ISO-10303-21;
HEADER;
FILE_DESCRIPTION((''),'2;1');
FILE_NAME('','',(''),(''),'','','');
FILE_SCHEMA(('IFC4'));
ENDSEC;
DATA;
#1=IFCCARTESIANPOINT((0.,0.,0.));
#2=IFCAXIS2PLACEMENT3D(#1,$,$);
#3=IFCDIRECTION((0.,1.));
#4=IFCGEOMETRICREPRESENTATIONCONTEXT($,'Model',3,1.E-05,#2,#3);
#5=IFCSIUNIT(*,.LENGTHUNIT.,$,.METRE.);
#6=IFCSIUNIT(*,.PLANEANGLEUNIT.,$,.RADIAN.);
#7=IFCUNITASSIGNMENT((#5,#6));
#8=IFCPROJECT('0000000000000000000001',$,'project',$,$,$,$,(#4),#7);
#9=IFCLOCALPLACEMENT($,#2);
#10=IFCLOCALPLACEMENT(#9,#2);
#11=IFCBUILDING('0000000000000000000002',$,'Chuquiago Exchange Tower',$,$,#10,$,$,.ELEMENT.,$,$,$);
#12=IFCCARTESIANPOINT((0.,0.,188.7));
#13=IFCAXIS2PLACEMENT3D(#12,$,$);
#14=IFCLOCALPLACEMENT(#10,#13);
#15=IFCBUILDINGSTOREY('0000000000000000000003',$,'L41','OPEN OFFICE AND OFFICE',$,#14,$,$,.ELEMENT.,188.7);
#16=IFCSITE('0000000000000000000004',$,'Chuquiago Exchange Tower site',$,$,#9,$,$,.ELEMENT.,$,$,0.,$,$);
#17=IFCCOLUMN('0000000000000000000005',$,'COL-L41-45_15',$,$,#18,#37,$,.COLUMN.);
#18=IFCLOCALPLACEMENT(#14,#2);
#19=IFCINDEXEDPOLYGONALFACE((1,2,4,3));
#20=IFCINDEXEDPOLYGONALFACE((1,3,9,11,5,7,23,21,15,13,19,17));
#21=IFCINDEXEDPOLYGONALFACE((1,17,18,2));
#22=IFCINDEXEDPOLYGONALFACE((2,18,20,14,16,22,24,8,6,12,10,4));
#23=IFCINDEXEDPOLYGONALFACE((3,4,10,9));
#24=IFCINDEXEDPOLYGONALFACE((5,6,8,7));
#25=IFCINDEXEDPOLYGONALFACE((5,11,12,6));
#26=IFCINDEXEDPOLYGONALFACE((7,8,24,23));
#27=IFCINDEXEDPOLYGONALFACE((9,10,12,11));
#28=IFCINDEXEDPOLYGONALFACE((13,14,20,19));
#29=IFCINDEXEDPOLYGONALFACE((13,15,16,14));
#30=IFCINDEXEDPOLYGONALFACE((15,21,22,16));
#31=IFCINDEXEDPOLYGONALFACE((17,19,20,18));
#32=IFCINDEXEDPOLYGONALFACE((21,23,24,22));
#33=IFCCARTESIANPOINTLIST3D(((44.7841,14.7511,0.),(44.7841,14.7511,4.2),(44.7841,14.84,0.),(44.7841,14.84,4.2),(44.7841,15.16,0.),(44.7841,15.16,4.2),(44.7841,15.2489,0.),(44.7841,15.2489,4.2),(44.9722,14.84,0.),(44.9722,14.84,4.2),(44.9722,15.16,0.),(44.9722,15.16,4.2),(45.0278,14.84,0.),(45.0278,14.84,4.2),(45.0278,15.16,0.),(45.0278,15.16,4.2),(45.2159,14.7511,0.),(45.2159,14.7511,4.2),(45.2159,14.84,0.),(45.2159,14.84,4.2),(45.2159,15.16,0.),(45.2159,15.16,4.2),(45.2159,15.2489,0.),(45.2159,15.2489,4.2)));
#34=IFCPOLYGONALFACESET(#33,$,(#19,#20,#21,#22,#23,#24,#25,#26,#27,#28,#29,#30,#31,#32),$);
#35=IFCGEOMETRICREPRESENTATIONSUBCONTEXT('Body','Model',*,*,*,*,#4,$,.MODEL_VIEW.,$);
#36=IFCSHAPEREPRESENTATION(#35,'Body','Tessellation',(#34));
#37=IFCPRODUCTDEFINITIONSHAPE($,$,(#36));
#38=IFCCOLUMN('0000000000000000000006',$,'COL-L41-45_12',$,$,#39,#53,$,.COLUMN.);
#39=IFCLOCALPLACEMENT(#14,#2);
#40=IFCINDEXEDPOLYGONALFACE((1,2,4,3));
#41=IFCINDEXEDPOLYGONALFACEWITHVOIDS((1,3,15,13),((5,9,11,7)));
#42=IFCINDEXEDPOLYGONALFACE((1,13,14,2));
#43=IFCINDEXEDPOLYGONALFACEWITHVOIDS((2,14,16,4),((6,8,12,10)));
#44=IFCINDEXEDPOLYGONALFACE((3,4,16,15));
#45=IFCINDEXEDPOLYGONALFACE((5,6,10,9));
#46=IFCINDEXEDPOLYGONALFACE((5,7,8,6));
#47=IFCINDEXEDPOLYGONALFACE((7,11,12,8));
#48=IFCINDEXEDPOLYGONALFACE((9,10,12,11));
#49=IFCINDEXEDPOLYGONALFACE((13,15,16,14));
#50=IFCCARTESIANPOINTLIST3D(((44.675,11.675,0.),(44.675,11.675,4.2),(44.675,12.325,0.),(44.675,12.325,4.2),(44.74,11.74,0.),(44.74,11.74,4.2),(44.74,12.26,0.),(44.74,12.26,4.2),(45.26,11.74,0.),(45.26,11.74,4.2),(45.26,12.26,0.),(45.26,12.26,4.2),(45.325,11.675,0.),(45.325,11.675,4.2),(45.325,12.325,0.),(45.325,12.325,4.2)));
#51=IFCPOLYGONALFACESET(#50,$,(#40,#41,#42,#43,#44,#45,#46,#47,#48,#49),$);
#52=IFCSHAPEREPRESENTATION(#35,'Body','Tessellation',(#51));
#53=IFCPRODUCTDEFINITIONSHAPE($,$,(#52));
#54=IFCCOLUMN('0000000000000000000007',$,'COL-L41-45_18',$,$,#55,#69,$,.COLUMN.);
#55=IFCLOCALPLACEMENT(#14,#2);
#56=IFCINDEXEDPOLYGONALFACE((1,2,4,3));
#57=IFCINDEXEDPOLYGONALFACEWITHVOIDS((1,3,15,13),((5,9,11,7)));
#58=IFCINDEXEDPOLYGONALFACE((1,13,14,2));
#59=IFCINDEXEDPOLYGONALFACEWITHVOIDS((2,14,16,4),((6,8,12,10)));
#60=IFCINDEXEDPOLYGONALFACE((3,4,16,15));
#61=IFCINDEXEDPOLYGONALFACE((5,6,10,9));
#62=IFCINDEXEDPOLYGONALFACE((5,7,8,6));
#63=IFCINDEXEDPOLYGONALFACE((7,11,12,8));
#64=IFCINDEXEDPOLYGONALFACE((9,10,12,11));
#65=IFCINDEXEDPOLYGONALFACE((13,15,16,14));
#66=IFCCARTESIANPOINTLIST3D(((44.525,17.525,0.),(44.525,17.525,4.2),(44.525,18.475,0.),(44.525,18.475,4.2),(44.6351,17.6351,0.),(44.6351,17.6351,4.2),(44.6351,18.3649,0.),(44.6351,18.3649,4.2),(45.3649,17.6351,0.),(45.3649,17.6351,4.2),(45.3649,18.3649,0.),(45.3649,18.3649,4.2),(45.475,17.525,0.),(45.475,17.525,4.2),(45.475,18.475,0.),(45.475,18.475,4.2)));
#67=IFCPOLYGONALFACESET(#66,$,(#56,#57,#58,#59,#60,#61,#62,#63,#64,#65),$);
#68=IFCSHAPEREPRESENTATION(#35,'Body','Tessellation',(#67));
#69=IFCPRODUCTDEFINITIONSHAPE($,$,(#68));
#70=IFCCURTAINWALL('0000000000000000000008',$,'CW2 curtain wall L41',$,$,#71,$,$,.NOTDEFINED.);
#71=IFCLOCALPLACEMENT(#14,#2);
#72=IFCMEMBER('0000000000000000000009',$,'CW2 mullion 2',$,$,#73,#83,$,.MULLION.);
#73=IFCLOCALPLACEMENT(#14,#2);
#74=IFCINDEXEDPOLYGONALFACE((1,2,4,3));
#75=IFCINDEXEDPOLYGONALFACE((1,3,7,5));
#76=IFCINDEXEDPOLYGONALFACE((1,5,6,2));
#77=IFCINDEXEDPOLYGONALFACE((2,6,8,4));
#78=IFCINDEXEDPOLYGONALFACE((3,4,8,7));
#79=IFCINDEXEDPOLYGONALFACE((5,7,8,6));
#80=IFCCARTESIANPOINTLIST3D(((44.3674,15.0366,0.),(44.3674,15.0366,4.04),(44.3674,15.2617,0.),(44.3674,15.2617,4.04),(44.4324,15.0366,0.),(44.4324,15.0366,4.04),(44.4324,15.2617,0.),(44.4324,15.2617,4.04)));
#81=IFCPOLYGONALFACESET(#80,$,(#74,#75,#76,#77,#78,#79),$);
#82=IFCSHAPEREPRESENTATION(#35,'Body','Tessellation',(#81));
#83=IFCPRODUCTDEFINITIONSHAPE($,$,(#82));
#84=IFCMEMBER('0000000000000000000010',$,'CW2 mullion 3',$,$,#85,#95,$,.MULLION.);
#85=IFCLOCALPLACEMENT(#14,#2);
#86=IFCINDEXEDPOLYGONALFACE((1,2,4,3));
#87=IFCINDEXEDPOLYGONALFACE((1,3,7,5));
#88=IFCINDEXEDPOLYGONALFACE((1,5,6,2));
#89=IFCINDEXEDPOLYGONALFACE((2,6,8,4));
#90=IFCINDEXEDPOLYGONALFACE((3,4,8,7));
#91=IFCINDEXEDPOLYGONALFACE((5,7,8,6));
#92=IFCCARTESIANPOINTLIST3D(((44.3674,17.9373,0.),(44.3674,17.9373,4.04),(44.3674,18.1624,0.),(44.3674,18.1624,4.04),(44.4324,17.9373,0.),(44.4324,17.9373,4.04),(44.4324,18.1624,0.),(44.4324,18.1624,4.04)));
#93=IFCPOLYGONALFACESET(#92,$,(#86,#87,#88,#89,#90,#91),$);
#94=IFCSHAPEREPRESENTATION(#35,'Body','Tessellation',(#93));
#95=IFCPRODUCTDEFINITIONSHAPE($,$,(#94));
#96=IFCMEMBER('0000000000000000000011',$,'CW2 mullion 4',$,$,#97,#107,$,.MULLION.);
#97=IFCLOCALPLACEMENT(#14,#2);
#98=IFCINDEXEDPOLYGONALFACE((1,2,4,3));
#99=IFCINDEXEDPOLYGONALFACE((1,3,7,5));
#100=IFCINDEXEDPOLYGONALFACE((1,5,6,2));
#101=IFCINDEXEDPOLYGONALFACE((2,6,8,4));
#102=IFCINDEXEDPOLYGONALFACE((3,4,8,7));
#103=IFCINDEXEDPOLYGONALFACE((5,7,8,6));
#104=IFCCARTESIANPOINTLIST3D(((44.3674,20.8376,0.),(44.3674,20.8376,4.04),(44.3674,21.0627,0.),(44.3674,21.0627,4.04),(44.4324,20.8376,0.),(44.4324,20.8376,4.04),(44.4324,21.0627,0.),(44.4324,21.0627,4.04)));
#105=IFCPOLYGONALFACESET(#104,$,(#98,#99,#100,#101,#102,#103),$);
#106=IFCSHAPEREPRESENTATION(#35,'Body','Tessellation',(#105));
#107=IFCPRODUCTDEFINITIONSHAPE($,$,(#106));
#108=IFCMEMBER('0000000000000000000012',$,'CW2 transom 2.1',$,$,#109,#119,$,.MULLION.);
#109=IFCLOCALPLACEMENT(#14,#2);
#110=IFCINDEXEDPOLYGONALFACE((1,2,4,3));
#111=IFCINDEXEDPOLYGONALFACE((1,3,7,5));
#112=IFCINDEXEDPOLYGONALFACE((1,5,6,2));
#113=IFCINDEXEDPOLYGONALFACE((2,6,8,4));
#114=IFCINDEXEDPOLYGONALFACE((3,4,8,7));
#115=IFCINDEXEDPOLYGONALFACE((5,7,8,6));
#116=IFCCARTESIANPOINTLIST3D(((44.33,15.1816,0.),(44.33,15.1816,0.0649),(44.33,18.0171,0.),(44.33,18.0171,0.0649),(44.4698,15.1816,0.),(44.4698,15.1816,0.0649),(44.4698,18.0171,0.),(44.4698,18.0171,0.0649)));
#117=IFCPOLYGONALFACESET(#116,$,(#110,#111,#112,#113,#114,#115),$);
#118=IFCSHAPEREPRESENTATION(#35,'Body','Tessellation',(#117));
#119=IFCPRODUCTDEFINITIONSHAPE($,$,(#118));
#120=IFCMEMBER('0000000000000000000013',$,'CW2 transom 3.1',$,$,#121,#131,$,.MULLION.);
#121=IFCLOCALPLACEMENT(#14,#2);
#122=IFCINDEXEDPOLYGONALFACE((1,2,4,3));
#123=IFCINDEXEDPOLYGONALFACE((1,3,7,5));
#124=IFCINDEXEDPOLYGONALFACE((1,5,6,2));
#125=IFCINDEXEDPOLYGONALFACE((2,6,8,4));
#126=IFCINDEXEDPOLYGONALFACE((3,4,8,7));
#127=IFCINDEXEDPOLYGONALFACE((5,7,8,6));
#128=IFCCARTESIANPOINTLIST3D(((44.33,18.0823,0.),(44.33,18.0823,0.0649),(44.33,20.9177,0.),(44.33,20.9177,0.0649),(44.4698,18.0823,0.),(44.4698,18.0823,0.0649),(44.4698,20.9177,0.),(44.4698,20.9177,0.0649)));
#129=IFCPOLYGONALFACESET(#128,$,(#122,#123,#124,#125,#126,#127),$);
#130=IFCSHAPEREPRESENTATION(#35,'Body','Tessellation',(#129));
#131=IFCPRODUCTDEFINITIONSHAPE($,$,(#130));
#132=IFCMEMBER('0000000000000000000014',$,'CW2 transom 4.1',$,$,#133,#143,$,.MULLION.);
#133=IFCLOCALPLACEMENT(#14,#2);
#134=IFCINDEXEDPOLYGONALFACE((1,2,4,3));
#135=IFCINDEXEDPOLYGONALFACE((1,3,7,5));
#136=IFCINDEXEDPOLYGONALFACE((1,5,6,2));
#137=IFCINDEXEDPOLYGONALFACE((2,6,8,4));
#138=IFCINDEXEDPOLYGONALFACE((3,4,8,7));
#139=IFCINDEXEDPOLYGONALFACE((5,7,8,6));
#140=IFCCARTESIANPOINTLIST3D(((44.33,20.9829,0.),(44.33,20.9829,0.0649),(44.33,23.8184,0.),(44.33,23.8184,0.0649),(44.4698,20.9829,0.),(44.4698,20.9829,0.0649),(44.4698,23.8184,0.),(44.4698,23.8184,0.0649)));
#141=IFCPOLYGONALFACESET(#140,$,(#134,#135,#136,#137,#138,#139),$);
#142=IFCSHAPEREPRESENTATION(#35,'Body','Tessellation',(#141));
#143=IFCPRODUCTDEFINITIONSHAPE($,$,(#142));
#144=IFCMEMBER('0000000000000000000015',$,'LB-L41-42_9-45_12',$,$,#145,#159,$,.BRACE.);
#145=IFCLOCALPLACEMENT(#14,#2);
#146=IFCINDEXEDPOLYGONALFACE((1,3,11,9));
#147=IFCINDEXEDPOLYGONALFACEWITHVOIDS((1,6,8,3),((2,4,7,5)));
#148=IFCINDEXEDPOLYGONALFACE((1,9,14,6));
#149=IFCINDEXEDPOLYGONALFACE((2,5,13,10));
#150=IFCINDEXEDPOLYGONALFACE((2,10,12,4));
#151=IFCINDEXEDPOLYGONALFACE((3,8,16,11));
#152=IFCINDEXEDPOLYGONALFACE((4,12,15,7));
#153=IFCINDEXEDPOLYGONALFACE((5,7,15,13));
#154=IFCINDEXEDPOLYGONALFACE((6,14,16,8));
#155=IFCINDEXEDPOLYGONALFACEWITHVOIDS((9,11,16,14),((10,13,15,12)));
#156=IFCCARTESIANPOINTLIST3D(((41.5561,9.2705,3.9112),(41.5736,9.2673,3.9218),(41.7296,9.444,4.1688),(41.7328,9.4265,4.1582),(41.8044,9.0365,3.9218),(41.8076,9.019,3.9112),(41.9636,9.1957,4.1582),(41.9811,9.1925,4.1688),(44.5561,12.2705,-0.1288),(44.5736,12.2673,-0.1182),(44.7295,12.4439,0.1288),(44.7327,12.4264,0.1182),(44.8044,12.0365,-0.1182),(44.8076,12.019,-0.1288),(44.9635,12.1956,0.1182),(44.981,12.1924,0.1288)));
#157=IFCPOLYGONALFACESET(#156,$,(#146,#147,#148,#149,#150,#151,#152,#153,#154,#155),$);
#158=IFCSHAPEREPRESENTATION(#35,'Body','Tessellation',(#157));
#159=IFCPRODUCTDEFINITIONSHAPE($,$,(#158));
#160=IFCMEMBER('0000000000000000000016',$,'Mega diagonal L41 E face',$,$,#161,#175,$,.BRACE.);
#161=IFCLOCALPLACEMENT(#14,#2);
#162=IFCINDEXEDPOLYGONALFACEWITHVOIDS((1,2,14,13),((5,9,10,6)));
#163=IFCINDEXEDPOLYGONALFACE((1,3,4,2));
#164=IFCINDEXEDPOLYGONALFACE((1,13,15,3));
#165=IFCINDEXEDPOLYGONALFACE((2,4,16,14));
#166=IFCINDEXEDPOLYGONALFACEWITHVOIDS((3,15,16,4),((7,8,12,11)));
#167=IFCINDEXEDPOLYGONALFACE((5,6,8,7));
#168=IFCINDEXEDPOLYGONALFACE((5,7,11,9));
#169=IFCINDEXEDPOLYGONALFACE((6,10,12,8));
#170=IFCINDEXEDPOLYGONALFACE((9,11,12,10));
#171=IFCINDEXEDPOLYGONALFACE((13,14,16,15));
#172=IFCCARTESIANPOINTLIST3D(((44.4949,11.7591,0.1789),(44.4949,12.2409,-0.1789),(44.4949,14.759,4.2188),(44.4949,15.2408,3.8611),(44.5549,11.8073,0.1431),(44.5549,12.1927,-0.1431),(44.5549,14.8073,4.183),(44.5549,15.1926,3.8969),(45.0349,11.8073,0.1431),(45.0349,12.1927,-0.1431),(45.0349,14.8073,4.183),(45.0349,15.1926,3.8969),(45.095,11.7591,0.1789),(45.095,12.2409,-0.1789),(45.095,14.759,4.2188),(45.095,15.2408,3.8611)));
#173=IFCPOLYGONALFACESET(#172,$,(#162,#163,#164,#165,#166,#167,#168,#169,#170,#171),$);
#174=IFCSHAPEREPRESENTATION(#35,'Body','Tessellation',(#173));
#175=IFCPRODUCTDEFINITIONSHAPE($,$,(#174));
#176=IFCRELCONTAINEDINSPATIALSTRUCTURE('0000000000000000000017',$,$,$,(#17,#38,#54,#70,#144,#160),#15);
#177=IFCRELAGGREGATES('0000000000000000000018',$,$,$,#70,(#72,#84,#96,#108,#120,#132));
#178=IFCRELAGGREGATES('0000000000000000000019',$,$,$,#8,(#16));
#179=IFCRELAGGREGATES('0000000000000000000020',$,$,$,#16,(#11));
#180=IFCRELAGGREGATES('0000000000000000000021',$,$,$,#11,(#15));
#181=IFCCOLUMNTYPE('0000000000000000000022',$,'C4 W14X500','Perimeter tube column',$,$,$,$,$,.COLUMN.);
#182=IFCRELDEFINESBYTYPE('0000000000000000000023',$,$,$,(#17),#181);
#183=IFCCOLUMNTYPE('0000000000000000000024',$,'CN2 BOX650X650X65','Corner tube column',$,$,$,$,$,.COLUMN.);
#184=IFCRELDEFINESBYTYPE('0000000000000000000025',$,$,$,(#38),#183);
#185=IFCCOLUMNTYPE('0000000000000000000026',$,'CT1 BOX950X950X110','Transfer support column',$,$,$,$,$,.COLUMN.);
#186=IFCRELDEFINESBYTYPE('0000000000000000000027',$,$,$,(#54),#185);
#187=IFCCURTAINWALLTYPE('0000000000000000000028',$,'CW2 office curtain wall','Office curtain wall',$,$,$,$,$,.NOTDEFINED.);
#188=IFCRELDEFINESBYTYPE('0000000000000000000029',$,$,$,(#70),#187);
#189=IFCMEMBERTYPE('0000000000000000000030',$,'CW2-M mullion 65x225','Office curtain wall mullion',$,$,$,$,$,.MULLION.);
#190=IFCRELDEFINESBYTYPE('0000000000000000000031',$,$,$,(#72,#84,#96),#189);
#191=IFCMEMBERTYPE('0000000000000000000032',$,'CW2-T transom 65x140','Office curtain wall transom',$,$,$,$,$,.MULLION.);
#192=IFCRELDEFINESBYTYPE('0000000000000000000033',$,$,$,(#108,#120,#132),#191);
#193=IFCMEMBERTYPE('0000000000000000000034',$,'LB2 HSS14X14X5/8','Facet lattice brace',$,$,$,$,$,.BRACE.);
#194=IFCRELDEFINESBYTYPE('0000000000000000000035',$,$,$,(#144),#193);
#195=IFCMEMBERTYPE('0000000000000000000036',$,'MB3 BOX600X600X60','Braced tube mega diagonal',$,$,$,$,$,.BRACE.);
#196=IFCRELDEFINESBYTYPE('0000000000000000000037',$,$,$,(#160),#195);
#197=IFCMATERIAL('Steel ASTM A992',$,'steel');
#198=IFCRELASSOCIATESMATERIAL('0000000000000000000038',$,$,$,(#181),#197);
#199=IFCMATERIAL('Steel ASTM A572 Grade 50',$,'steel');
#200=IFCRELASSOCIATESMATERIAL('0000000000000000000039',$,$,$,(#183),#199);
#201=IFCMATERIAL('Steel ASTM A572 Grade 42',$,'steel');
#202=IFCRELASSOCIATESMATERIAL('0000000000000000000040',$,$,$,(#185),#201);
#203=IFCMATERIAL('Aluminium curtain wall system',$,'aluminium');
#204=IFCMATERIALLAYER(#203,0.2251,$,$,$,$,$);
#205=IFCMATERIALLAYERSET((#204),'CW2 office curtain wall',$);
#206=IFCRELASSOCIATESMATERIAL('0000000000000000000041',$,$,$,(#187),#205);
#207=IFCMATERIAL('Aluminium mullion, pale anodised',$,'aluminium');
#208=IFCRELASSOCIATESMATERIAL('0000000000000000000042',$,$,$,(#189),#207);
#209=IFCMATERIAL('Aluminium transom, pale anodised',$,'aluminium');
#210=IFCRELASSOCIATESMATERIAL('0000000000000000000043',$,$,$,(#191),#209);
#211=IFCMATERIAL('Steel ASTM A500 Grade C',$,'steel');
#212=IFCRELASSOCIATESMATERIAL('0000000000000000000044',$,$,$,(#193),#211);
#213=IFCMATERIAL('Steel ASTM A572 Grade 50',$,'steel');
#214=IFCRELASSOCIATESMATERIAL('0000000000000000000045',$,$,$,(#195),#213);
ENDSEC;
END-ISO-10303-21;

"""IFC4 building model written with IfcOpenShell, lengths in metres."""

from ifc_helpers import new_model, si_unit, direction, frame, origin, origin_2d, place, context, subcontext, project, spatial, rectangle, hollow_rectangle, i_section, extrude, material, layer, layer_set, material_profile, profile_set, type_object, element, aggregate, save


model = new_model("IFC4")

# Units and contexts
model_context = context("Model", 3, precision=1e-05, world=origin(), true_north=direction((0.0, 1.0)))
body_context = subcontext(model_context, "Body", "Model", "MODEL_VIEW")
ifc_project = project(units=[si_unit("LENGTHUNIT", "METRE"), si_unit("PLANEANGLEUNIT", "RADIAN")], contexts=[model_context])

# Site, building, storey
site_placement = place(None, origin())
site = spatial("IfcSite", under=ifc_project, at=site_placement, Name="Chuquiago Exchange Tower site", CompositionType="ELEMENT", RefElevation=0.0)
building_placement = place(site_placement, origin())
building = spatial("IfcBuilding", under=site, at=building_placement, Name="Chuquiago Exchange Tower", CompositionType="ELEMENT")
storey_placement = place(building_placement, frame((0.0, 0.0, 188.7)))
storey = spatial("IfcBuildingStorey", under=building, at=storey_placement, Name="L41", Description="OPEN OFFICE AND OFFICE", CompositionType="ELEMENT", Elevation=188.7)

# Columns
ifc_material_1 = material(Name="Steel ASTM A992", Category="steel")
ifc_material_profile_1 = material_profile(ifc_material_1, i_section(OverallWidth=0.4319, OverallDepth=0.4978, WebThickness=0.0557, FlangeThickness=0.0889, at=origin_2d()), Name="W14X500")
ifc_profile_set_1 = profile_set([ifc_material_profile_1], Name="Steel ASTM A992")
column_type_1 = type_object("IfcColumnType", Name="C4 W14X500", Description="Perimeter tube column", PredefinedType="COLUMN", material=ifc_profile_set_1)
column_1_placement = place(storey_placement, frame((45.0, 15.0, 0.0), z_axis=(0.0, 0.0, 1.0), x_axis=(1.0, 0.0, 0.0)))
element("IfcColumn", 1, at=column_1_placement, inside=storey, type_object=column_type_1, Name="COL-L41-45_15", PredefinedType="COLUMN", context=body_context, shape_type="SweptSolid", body=[
    extrude(i_section(OverallWidth=0.4319, OverallDepth=0.4978, WebThickness=0.0557, FlangeThickness=0.0889, at=origin_2d()), origin(), (0.0, 0.0, 1.0), 4.2),
])
ifc_material_2 = material(Name="Steel ASTM A572 Grade 50", Category="steel")
ifc_material_profile_2 = material_profile(ifc_material_2, hollow_rectangle(XDim=0.6499, YDim=0.6499, WallThickness=0.0649, at=origin_2d()), Name="BOX650X650X65")
ifc_profile_set_2 = profile_set([ifc_material_profile_2], Name="Steel ASTM A572 Grade 50")
column_type_2 = type_object("IfcColumnType", Name="CN2 BOX650X650X65", Description="Corner tube column", PredefinedType="COLUMN", material=ifc_profile_set_2)
column_2_placement = place(storey_placement, frame((45.0, 12.0, 0.0), z_axis=(0.0, 0.0, 1.0), x_axis=(1.0, 0.0, 0.0)))
element("IfcColumn", 2, at=column_2_placement, inside=storey, type_object=column_type_2, Name="COL-L41-45_12", PredefinedType="COLUMN", context=body_context, shape_type="SweptSolid", body=[
    extrude(hollow_rectangle(XDim=0.6499, YDim=0.6499, WallThickness=0.0649, at=origin_2d()), origin(), (0.0, 0.0, 1.0), 4.2),
])
ifc_material_3 = material(Name="Steel ASTM A572 Grade 42", Category="steel")
ifc_material_profile_3 = material_profile(ifc_material_3, hollow_rectangle(XDim=0.95, YDim=0.95, WallThickness=0.1101, at=origin_2d()), Name="BOX950X950X110")
ifc_profile_set_3 = profile_set([ifc_material_profile_3], Name="Steel ASTM A572 Grade 42")
column_type_3 = type_object("IfcColumnType", Name="CT1 BOX950X950X110", Description="Transfer support column", PredefinedType="COLUMN", material=ifc_profile_set_3)
column_3_placement = place(storey_placement, frame((45.0, 18.0, 0.0), z_axis=(0.0, 0.0, 1.0), x_axis=(1.0, 0.0, 0.0)))
element("IfcColumn", 3, at=column_3_placement, inside=storey, type_object=column_type_3, Name="COL-L41-45_18", PredefinedType="COLUMN", context=body_context, shape_type="SweptSolid", body=[
    extrude(hollow_rectangle(XDim=0.95, YDim=0.95, WallThickness=0.1101, at=origin_2d()), origin(), (0.0, 0.0, 1.0), 4.2),
])

# Curtain wall, members
ifc_material_4 = material(Name="Aluminium curtain wall system", Category="aluminium")
ifc_layer_1 = layer(ifc_material_4, 0.2251)
ifc_layer_set_1 = layer_set([ifc_layer_1], Name="CW2 office curtain wall")
curtain_wall_type = type_object("IfcCurtainWallType", Name="CW2 office curtain wall", Description="Office curtain wall", PredefinedType="NOTDEFINED", material=ifc_layer_set_1)
curtain_wall_placement = place(storey_placement, origin())
curtain_wall = element("IfcCurtainWall", 4, at=curtain_wall_placement, inside=storey, type_object=curtain_wall_type, Name="CW2 curtain wall L41", PredefinedType="NOTDEFINED")
ifc_material_5 = material(Name="Aluminium mullion, pale anodised", Category="aluminium")
ifc_material_profile_4 = material_profile(ifc_material_5, rectangle(XDim=0.0649, YDim=0.2251, at=origin_2d()), Name="AL 65x225")
ifc_profile_set_4 = profile_set([ifc_material_profile_4], Name="Aluminium mullion, pale anodised")
member_type_1 = type_object("IfcMemberType", Name="CW2-M mullion 65x225", Description="Office curtain wall mullion", PredefinedType="MULLION", material=ifc_profile_set_4)
member_1_placement = place(storey_placement, frame((44.3999, 15.1492, 0.0), z_axis=(0.0, 0.0, 1.0), x_axis=(-1.0, 0.0, 0.0)))
member_1 = element("IfcMember", 5, at=member_1_placement, type_object=member_type_1, Name="CW2 mullion 2", PredefinedType="MULLION", context=body_context, shape_type="SweptSolid", body=[
    extrude(rectangle(XDim=0.0649, YDim=0.2251, at=origin_2d()), origin(), (0.0, 0.0, 1.0), 4.04),
])
member_2_placement = place(storey_placement, frame((44.3999, 18.0498, 0.0), z_axis=(0.0, 0.0, 1.0), x_axis=(-1.0, 0.0, 0.0)))
member_2 = element("IfcMember", 6, at=member_2_placement, type_object=member_type_1, Name="CW2 mullion 3", PredefinedType="MULLION", context=body_context, shape_type="SweptSolid", body=[
    extrude(rectangle(XDim=0.0649, YDim=0.2251, at=origin_2d()), origin(), (0.0, 0.0, 1.0), 4.04),
])
member_3_placement = place(storey_placement, frame((44.3999, 20.9502, 0.0), z_axis=(0.0, 0.0, 1.0), x_axis=(-1.0, 0.0, 0.0)))
member_3 = element("IfcMember", 7, at=member_3_placement, type_object=member_type_1, Name="CW2 mullion 4", PredefinedType="MULLION", context=body_context, shape_type="SweptSolid", body=[
    extrude(rectangle(XDim=0.0649, YDim=0.2251, at=origin_2d()), origin(), (0.0, 0.0, 1.0), 4.04),
])
ifc_material_6 = material(Name="Aluminium transom, pale anodised", Category="aluminium")
ifc_material_profile_5 = material_profile(ifc_material_6, rectangle(XDim=0.1399, YDim=0.0649, at=origin_2d()), Name="AL 140x65")
ifc_profile_set_5 = profile_set([ifc_material_profile_5], Name="Aluminium transom, pale anodised")
member_type_2 = type_object("IfcMemberType", Name="CW2-T transom 65x140", Description="Office curtain wall transom", PredefinedType="MULLION", material=ifc_profile_set_5)
member_4_placement = place(storey_placement, frame((44.3999, 15.1816, 0.0325), z_axis=(0.0, 1.0, 0.0), x_axis=(-1.0, 0.0, 0.0)))
member_4 = element("IfcMember", 8, at=member_4_placement, type_object=member_type_2, Name="CW2 transom 2.1", PredefinedType="MULLION", context=body_context, shape_type="SweptSolid", body=[
    extrude(rectangle(XDim=0.1399, YDim=0.0649, at=origin_2d()), origin(), (0.0, 0.0, 1.0), 2.8354),
])
member_5_placement = place(storey_placement, frame((44.3999, 18.0823, 0.0325), z_axis=(0.0, 1.0, 0.0), x_axis=(-1.0, 0.0, 0.0)))
member_5 = element("IfcMember", 9, at=member_5_placement, type_object=member_type_2, Name="CW2 transom 3.1", PredefinedType="MULLION", context=body_context, shape_type="SweptSolid", body=[
    extrude(rectangle(XDim=0.1399, YDim=0.0649, at=origin_2d()), origin(), (0.0, 0.0, 1.0), 2.8354),
])
member_6_placement = place(storey_placement, frame((44.3999, 20.9829, 0.0325), z_axis=(0.0, 1.0, 0.0), x_axis=(-1.0, 0.0, 0.0)))
member_6 = element("IfcMember", 10, at=member_6_placement, type_object=member_type_2, Name="CW2 transom 4.1", PredefinedType="MULLION", context=body_context, shape_type="SweptSolid", body=[
    extrude(rectangle(XDim=0.1399, YDim=0.0649, at=origin_2d()), origin(), (0.0, 0.0, 1.0), 2.8354),
])

# Members
ifc_material_7 = material(Name="Steel ASTM A500 Grade C", Category="steel")
ifc_material_profile_6 = material_profile(ifc_material_7, hollow_rectangle(XDim=0.3557, YDim=0.3557, WallThickness=0.0146, at=origin_2d()), Name="HSS14X14X5/8")
ifc_profile_set_6 = profile_set([ifc_material_profile_6], Name="Steel ASTM A500 Grade C")
member_type_3 = type_object("IfcMemberType", Name="LB2 HSS14X14X5/8", Description="Facet lattice brace", PredefinedType="BRACE", material=ifc_profile_set_6)
member_7_placement = place(storey_placement, frame((44.7686, 12.2314, 0.0), z_axis=(-0.512077, -0.512077, 0.689604), x_axis=(0.707107, -0.707107, 0.0)))
element("IfcMember", 11, at=member_7_placement, inside=storey, type_object=member_type_3, Name="LB-L41-42_9-45_12", PredefinedType="BRACE", context=body_context, shape_type="SweptSolid", body=[
    extrude(hollow_rectangle(XDim=0.3557, YDim=0.3557, WallThickness=0.0146, at=origin_2d()), origin(), (0.0, 0.0, 1.0), 5.8584),
])
ifc_material_8 = material(Name="Steel ASTM A572 Grade 50", Category="steel")
ifc_material_profile_7 = material_profile(ifc_material_8, hollow_rectangle(XDim=0.6001, YDim=0.6001, WallThickness=0.0601, at=origin_2d()), Name="BOX600X600X60")
ifc_profile_set_7 = profile_set([ifc_material_profile_7], Name="Steel ASTM A572 Grade 50")
member_type_4 = type_object("IfcMemberType", Name="MB3 BOX600X600X60", Description="Braced tube mega diagonal", PredefinedType="BRACE", material=ifc_profile_set_7)
for number, where, z_axis, x_axis, name in (
    (12, (44.7949, 12.0, 0.0), (0.0, 0.596174, 0.802855), (-1.0, 0.0, 0.0), "Mega diagonal L41 E face"),
):
    element("IfcMember", number, at=place(storey_placement, frame(where, z_axis=z_axis, x_axis=x_axis)), inside=storey, type_object=member_type_4, Name=name, PredefinedType="BRACE", context=body_context, shape_type="SweptSolid", body=[
        extrude(hollow_rectangle(XDim=0.6001, YDim=0.6001, WallThickness=0.0601, at=origin_2d()), origin(), (0.0, 0.0, 1.0), 5.032),
    ])

aggregate(curtain_wall, [member_1, member_2, member_3, member_4, member_5, member_6])

save(model, "model.ifc")
